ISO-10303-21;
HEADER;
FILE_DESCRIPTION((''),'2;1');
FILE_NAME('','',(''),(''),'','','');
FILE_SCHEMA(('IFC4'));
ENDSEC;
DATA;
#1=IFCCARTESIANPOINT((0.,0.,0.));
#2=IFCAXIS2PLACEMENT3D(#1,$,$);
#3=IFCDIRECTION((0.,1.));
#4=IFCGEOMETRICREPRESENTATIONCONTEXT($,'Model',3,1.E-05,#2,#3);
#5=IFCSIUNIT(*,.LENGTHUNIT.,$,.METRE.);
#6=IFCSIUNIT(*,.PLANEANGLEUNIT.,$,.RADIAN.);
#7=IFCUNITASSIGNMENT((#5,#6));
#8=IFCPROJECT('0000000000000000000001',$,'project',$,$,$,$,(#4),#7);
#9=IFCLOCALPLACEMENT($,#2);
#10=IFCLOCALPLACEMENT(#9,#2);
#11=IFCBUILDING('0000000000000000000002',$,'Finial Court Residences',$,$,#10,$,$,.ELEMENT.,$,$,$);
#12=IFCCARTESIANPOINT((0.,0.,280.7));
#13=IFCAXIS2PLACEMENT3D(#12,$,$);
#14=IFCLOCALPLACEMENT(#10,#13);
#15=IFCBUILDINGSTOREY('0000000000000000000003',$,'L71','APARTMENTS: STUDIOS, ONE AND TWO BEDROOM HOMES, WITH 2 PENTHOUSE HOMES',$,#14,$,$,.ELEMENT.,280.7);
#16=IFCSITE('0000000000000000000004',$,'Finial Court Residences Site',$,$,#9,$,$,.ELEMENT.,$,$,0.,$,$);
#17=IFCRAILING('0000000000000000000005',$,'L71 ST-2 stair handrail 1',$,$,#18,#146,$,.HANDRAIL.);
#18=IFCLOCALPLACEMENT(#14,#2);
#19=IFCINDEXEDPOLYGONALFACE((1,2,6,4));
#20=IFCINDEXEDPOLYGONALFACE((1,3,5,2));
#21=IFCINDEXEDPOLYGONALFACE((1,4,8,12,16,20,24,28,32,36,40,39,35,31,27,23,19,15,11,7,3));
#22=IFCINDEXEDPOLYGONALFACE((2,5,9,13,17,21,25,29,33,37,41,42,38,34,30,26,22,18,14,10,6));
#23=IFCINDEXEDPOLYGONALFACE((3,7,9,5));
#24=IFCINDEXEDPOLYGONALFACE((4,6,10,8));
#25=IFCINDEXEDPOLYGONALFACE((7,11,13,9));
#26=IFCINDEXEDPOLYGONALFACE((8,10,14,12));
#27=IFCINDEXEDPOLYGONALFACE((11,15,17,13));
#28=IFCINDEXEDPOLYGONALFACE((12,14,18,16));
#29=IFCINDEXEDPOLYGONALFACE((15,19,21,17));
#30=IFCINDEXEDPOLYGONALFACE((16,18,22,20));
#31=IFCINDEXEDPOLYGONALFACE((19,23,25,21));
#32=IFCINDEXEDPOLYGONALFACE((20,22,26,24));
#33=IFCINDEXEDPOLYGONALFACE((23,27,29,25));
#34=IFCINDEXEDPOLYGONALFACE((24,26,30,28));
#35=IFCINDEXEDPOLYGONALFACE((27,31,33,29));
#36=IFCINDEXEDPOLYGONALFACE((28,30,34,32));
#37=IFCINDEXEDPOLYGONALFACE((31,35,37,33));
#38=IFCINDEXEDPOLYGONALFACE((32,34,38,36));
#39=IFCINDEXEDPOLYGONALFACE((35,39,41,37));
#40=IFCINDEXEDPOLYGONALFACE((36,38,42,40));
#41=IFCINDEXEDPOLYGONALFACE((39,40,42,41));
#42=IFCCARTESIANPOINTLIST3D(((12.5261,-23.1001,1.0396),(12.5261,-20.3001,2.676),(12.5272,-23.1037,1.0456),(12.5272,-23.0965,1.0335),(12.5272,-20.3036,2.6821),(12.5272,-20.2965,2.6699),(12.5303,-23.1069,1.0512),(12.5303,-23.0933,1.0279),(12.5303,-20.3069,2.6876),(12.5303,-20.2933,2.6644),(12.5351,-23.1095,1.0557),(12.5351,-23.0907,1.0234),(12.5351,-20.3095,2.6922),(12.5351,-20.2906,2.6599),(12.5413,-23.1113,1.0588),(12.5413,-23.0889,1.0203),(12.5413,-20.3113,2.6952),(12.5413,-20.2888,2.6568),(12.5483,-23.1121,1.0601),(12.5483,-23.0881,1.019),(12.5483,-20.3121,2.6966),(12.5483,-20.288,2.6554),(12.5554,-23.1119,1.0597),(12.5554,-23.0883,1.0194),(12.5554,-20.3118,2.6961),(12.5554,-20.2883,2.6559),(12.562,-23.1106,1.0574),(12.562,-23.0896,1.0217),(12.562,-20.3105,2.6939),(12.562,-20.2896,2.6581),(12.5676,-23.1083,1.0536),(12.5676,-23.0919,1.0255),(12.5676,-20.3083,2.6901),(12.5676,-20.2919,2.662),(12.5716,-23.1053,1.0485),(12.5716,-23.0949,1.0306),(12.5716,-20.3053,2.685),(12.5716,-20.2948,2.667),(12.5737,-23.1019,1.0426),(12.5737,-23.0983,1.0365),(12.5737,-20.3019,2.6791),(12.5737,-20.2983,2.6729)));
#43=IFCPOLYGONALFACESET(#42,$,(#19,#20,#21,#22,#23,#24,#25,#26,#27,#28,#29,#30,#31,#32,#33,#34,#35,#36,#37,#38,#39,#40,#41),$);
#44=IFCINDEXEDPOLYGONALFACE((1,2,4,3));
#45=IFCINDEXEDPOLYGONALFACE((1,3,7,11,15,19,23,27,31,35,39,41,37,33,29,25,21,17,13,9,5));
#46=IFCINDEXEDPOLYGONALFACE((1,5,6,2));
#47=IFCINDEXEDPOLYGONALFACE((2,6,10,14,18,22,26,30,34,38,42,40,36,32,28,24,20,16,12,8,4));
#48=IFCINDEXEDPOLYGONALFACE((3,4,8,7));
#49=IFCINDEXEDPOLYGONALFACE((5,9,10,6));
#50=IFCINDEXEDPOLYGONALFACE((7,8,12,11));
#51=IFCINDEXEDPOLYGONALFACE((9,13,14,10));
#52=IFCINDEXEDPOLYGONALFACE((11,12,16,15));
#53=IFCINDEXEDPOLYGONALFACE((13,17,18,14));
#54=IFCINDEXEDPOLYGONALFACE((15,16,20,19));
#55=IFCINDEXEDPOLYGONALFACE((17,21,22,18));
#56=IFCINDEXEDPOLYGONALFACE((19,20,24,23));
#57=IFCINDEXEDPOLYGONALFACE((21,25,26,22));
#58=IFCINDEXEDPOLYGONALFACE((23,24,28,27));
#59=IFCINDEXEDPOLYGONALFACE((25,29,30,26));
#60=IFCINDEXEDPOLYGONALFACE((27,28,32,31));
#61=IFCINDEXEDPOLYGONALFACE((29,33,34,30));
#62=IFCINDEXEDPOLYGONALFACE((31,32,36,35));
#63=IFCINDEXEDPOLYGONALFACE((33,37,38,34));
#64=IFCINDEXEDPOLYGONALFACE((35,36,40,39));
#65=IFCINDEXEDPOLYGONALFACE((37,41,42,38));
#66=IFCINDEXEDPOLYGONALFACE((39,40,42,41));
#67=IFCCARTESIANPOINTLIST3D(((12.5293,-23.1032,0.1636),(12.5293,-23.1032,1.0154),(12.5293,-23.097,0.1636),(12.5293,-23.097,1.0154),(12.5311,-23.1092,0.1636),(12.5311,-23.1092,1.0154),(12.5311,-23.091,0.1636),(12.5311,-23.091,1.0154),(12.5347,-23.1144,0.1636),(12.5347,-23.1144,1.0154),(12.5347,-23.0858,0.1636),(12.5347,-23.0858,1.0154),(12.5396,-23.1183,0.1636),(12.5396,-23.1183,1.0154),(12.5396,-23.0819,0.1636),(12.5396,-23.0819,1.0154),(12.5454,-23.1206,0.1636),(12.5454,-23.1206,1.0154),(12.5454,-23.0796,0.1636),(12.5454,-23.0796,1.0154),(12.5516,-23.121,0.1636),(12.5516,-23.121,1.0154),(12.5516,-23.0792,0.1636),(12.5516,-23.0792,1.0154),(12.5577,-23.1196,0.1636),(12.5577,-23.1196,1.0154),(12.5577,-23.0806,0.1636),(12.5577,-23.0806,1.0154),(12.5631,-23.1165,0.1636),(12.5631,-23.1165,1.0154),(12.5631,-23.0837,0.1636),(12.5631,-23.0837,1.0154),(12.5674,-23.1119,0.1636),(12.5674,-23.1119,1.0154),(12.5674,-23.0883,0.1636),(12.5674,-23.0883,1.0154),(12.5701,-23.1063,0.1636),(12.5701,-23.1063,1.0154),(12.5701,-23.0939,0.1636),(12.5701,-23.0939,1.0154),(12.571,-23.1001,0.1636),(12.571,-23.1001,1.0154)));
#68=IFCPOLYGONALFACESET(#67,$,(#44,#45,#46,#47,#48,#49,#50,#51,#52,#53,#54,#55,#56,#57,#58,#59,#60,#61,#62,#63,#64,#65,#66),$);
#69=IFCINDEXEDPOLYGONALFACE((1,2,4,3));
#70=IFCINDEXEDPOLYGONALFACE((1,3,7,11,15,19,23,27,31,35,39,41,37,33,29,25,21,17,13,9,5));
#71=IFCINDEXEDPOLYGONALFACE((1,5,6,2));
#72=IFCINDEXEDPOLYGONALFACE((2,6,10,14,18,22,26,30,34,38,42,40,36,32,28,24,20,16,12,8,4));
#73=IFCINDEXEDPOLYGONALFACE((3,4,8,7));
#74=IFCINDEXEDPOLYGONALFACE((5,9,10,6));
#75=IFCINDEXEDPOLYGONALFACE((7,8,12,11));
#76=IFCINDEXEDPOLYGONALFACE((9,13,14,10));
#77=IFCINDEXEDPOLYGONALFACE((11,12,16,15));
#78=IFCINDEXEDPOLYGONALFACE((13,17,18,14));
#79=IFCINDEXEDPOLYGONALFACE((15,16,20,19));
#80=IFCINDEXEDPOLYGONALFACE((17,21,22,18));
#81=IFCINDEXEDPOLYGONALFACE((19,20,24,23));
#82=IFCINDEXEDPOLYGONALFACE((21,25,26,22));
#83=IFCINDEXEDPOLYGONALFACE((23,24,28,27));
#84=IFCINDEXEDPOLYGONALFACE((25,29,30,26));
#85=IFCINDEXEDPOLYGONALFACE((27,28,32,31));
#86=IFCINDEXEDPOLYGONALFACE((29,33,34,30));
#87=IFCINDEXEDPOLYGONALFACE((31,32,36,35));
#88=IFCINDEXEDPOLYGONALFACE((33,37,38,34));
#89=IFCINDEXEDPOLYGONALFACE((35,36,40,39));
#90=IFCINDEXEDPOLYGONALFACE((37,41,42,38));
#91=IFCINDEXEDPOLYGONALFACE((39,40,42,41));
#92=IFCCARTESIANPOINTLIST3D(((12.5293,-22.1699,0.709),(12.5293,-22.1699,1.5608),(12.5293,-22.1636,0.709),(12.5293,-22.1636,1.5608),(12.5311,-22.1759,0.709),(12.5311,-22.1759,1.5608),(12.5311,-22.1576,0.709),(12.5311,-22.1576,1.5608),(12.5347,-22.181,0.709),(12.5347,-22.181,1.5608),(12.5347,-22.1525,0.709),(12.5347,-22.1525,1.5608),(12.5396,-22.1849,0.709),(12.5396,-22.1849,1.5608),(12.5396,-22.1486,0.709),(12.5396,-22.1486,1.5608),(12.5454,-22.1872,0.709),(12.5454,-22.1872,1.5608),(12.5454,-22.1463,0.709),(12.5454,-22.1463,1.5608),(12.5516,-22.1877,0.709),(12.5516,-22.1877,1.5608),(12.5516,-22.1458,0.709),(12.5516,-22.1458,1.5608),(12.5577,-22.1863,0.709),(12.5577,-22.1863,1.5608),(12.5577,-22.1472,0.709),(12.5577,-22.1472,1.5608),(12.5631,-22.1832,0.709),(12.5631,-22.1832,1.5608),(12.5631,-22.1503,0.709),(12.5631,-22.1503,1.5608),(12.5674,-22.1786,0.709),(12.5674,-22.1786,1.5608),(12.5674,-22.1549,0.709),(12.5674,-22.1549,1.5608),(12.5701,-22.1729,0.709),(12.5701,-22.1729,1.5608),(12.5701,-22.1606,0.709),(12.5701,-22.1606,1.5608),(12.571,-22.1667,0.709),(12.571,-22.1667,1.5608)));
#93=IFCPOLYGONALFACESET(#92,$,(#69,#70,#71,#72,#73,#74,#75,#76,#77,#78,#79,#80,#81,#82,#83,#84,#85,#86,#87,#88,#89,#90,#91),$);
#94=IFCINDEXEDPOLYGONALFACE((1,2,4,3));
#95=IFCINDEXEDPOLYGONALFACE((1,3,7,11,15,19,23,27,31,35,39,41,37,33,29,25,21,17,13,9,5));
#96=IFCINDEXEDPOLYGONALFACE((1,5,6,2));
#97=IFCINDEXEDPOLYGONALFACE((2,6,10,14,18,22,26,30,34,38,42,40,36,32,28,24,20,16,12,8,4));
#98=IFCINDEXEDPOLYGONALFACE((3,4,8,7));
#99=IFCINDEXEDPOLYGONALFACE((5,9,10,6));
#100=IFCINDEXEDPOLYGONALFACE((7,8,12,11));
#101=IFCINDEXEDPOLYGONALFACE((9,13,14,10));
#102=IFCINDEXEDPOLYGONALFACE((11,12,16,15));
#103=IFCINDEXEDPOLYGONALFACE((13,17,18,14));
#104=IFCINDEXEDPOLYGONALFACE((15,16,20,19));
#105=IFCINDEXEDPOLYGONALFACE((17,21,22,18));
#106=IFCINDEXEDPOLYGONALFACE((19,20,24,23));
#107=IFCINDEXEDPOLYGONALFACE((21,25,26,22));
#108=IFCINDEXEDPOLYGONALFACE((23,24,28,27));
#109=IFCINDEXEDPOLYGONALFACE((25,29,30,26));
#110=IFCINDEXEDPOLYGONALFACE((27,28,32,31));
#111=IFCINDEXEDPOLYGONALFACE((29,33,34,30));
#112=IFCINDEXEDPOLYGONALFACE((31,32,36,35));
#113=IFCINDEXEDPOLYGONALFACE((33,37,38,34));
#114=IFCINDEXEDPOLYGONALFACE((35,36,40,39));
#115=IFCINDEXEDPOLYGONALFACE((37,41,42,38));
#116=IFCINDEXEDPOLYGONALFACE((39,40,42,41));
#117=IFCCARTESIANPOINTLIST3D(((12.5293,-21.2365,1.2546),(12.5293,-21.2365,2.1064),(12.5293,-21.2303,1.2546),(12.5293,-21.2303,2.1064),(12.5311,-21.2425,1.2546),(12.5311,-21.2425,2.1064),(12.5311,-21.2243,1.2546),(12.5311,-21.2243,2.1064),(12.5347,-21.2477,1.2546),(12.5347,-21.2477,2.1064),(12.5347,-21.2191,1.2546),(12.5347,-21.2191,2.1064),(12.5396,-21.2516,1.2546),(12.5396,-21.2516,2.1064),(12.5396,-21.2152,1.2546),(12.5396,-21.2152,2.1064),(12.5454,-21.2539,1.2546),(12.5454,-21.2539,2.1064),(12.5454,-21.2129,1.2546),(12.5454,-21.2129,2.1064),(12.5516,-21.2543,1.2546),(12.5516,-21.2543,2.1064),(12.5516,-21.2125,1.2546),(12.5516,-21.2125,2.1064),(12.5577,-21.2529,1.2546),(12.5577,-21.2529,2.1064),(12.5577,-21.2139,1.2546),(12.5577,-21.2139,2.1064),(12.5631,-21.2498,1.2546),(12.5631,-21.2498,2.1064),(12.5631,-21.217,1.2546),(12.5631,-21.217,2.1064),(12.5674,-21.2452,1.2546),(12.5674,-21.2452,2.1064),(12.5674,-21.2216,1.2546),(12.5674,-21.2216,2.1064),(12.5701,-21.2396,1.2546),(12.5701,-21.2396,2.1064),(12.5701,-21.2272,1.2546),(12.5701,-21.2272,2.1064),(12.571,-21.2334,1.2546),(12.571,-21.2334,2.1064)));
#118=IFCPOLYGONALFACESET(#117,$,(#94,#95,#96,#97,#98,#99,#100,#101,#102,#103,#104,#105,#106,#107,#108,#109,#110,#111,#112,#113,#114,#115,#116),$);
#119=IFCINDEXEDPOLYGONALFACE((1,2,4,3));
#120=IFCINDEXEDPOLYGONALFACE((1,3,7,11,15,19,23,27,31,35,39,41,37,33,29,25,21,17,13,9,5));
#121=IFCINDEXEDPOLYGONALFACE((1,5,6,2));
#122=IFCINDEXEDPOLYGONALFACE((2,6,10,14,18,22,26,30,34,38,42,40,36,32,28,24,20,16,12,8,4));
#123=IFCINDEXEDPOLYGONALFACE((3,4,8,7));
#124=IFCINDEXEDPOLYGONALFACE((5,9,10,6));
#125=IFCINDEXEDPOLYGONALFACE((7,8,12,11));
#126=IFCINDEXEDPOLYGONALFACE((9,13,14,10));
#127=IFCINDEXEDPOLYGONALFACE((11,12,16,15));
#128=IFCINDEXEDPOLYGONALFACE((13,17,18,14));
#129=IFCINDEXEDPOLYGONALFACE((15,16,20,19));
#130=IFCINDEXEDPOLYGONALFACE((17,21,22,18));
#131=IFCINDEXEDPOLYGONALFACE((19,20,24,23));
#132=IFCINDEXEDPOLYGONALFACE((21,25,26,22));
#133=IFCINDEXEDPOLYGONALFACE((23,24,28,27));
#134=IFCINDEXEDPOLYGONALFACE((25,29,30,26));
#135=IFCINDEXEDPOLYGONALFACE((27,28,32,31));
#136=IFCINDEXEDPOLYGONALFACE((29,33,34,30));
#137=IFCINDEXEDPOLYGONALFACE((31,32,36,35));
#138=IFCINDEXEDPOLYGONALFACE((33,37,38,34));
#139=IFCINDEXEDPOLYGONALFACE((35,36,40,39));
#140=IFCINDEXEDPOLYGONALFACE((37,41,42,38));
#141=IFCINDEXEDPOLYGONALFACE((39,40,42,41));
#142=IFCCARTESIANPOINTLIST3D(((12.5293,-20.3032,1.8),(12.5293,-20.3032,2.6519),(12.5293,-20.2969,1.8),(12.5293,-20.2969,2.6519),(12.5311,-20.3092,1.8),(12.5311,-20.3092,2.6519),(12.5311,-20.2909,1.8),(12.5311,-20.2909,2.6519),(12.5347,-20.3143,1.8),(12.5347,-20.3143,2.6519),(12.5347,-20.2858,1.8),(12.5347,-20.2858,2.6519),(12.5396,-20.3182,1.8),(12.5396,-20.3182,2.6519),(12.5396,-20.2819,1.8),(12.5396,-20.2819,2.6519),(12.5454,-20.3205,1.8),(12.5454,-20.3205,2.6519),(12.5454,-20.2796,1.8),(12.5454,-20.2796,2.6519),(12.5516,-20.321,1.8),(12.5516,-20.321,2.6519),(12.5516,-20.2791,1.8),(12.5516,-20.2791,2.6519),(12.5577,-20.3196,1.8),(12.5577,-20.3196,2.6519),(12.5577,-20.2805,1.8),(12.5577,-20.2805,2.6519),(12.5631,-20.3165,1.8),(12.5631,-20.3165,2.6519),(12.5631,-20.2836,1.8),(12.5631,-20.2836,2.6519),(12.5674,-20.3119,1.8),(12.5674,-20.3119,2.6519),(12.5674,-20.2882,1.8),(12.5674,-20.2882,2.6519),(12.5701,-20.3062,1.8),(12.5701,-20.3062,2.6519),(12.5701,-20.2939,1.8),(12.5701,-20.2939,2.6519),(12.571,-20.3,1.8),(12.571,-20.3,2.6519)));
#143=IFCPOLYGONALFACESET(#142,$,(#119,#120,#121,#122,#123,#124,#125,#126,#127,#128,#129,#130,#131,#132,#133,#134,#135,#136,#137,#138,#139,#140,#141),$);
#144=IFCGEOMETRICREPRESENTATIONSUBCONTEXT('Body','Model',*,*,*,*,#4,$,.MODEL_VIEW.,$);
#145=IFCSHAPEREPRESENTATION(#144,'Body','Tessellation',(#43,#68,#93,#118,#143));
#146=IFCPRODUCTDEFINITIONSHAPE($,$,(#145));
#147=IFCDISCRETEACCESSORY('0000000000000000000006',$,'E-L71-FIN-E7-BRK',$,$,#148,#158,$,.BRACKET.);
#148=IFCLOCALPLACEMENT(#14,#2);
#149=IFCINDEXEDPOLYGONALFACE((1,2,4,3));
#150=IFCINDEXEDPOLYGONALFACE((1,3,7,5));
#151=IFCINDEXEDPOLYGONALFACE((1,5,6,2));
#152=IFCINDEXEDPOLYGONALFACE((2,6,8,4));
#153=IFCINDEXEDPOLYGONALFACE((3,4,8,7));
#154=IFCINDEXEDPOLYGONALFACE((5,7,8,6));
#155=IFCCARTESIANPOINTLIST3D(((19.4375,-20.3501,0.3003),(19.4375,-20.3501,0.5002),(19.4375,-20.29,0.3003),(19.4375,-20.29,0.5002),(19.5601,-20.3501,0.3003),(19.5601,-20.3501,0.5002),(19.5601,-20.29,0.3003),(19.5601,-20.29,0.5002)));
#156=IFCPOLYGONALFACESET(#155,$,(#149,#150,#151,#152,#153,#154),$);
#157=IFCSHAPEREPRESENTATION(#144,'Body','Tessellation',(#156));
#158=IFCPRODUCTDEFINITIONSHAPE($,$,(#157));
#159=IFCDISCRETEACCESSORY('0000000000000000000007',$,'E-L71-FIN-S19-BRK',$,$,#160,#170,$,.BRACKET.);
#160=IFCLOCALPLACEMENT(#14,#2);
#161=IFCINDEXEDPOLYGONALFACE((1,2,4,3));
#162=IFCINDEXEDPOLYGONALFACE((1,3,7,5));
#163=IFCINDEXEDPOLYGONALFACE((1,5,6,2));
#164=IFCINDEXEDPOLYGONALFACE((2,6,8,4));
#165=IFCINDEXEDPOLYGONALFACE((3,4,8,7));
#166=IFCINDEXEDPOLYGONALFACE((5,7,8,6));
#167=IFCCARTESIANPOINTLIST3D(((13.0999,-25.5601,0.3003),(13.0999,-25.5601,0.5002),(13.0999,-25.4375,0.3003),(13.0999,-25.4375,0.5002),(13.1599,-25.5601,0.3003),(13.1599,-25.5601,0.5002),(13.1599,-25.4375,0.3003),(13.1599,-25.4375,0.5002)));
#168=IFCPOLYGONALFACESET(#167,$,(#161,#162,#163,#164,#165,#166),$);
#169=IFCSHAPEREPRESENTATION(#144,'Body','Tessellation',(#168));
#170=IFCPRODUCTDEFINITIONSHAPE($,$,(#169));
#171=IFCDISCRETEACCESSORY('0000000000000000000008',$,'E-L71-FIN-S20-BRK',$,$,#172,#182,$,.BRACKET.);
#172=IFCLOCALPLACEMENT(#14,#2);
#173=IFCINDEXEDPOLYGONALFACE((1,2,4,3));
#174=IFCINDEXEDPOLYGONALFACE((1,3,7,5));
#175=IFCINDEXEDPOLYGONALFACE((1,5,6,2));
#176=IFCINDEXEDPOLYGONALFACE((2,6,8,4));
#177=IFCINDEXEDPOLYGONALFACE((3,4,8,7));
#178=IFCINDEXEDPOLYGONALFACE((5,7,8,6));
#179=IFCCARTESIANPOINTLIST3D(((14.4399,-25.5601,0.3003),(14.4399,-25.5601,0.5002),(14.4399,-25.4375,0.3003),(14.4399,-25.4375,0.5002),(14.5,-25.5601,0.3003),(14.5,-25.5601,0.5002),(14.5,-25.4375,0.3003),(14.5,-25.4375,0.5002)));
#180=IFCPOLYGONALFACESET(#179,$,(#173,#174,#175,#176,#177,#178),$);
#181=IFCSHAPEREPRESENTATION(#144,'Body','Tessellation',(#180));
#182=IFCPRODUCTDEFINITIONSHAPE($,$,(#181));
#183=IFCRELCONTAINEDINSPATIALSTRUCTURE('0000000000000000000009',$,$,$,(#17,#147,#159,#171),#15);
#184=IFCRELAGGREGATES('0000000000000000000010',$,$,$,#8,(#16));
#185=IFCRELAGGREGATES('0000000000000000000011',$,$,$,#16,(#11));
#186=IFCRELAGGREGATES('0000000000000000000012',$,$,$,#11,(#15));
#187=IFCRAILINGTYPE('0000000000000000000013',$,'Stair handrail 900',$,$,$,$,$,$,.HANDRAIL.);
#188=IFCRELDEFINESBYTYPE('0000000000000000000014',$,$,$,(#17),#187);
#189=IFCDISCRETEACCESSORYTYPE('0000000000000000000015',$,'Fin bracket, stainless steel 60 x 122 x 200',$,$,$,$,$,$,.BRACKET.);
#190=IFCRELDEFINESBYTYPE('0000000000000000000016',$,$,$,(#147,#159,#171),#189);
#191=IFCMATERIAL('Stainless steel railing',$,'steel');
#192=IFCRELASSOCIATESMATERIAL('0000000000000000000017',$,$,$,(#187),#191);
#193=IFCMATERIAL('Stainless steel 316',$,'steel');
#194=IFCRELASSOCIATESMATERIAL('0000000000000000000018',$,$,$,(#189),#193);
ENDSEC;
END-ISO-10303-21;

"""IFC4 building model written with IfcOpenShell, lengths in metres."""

from ifc_helpers import new_model, si_unit, direction, frame, origin, origin_2d, place, context, subcontext, project, spatial, rectangle, circle, extrude, material, type_object, element, save


model = new_model("IFC4")

# Units and contexts
model_context = context("Model", 3, precision=1e-05, world=origin(), true_north=direction((0.0, 1.0)))
body_context = subcontext(model_context, "Body", "Model", "MODEL_VIEW")
ifc_project = project(units=[si_unit("LENGTHUNIT", "METRE"), si_unit("PLANEANGLEUNIT", "RADIAN")], contexts=[model_context])

# Site, building, storey
site_placement = place(None, origin())
site = spatial("IfcSite", under=ifc_project, at=site_placement, Name="Finial Court Residences Site", CompositionType="ELEMENT", RefElevation=0.0)
building_placement = place(site_placement, origin())
building = spatial("IfcBuilding", under=site, at=building_placement, Name="Finial Court Residences", CompositionType="ELEMENT")
storey_placement = place(building_placement, frame((0.0, 0.0, 280.7)))
storey = spatial("IfcBuildingStorey", under=building, at=storey_placement, Name="L71", Description="APARTMENTS: STUDIOS, ONE AND TWO BEDROOM HOMES, WITH 2 PENTHOUSE HOMES", CompositionType="ELEMENT", Elevation=280.7)

# Railing
ifc_material_1 = material(Name="Stainless steel railing", Category="steel")
railing_type = type_object("IfcRailingType", Name="Stair handrail 900", PredefinedType="HANDRAIL", material=ifc_material_1)
railing_placement = place(storey_placement, frame((12.55, -23.1001, 0.1636)))
element("IfcRailing", 1, at=railing_placement, inside=storey, type_object=railing_type, Name="L71 ST-2 stair handrail 1", PredefinedType="HANDRAIL", context=body_context, shape_type="SweptSolid", body=[
    extrude(circle(Radius=0.0239, at=origin_2d()), frame((0.0, 0.0, 0.876), z_axis=(0.0, 0.863361, 0.504587), x_axis=(-1.0, 0.0, 0.0)), (0.0, 0.0, 1.0), 3.2432),
    extrude(circle(Radius=0.021, at=origin_2d()), origin(), (0.0, 0.0, 1.0), 0.8518),
    extrude(circle(Radius=0.021, at=origin_2d()), frame((0.0, 0.9333, 0.5454)), (0.0, 0.0, 1.0), 0.8518),
    extrude(circle(Radius=0.021, at=origin_2d()), frame((0.0, 1.8667, 1.0911)), (0.0, 0.0, 1.0), 0.8518),
    extrude(circle(Radius=0.021, at=origin_2d()), frame((0.0, 2.8, 1.6365)), (0.0, 0.0, 1.0), 0.8518),
])

# Discrete accessories
ifc_material_2 = material(Name="Stainless steel 316", Category="steel")
discrete_accessory_type = type_object("IfcDiscreteAccessoryType", Name="Fin bracket, stainless steel 60 x 122 x 200", PredefinedType="BRACKET", material=ifc_material_2)
discrete_accessory_placement = place(storey_placement, frame((19.4988, -20.3201, 0.3003), z_axis=(0.0, 0.0, 1.0), x_axis=(1.0, 0.0, 0.0)))
element("IfcDiscreteAccessory", 2, at=discrete_accessory_placement, inside=storey, type_object=discrete_accessory_type, Name="E-L71-FIN-E7-BRK", PredefinedType="BRACKET", context=body_context, shape_type="SweptSolid", body=[
    extrude(rectangle(XDim=0.1226, YDim=0.0601, at=origin_2d()), origin(), (0.0, 0.0, 1.0), 0.2),
])
for number, where, z_axis, x_axis, name in (
    (3, (13.1299, -25.4988, 0.3003), (0.0, 0.0, 1.0), (1.0, 0.0, 0.0), "E-L71-FIN-S19-BRK"),
    (4, (14.47, -25.4988, 0.3003), (0.0, 0.0, 1.0), (1.0, 0.0, 0.0), "E-L71-FIN-S20-BRK"),
):
    element("IfcDiscreteAccessory", number, at=place(storey_placement, frame(where, z_axis=z_axis, x_axis=x_axis)), inside=storey, type_object=discrete_accessory_type, Name=name, PredefinedType="BRACKET", context=body_context, shape_type="SweptSolid", body=[
        extrude(rectangle(XDim=0.0601, YDim=0.1226, at=origin_2d()), origin(), (0.0, 0.0, 1.0), 0.2),
    ])

save(model, "model.ifc")
